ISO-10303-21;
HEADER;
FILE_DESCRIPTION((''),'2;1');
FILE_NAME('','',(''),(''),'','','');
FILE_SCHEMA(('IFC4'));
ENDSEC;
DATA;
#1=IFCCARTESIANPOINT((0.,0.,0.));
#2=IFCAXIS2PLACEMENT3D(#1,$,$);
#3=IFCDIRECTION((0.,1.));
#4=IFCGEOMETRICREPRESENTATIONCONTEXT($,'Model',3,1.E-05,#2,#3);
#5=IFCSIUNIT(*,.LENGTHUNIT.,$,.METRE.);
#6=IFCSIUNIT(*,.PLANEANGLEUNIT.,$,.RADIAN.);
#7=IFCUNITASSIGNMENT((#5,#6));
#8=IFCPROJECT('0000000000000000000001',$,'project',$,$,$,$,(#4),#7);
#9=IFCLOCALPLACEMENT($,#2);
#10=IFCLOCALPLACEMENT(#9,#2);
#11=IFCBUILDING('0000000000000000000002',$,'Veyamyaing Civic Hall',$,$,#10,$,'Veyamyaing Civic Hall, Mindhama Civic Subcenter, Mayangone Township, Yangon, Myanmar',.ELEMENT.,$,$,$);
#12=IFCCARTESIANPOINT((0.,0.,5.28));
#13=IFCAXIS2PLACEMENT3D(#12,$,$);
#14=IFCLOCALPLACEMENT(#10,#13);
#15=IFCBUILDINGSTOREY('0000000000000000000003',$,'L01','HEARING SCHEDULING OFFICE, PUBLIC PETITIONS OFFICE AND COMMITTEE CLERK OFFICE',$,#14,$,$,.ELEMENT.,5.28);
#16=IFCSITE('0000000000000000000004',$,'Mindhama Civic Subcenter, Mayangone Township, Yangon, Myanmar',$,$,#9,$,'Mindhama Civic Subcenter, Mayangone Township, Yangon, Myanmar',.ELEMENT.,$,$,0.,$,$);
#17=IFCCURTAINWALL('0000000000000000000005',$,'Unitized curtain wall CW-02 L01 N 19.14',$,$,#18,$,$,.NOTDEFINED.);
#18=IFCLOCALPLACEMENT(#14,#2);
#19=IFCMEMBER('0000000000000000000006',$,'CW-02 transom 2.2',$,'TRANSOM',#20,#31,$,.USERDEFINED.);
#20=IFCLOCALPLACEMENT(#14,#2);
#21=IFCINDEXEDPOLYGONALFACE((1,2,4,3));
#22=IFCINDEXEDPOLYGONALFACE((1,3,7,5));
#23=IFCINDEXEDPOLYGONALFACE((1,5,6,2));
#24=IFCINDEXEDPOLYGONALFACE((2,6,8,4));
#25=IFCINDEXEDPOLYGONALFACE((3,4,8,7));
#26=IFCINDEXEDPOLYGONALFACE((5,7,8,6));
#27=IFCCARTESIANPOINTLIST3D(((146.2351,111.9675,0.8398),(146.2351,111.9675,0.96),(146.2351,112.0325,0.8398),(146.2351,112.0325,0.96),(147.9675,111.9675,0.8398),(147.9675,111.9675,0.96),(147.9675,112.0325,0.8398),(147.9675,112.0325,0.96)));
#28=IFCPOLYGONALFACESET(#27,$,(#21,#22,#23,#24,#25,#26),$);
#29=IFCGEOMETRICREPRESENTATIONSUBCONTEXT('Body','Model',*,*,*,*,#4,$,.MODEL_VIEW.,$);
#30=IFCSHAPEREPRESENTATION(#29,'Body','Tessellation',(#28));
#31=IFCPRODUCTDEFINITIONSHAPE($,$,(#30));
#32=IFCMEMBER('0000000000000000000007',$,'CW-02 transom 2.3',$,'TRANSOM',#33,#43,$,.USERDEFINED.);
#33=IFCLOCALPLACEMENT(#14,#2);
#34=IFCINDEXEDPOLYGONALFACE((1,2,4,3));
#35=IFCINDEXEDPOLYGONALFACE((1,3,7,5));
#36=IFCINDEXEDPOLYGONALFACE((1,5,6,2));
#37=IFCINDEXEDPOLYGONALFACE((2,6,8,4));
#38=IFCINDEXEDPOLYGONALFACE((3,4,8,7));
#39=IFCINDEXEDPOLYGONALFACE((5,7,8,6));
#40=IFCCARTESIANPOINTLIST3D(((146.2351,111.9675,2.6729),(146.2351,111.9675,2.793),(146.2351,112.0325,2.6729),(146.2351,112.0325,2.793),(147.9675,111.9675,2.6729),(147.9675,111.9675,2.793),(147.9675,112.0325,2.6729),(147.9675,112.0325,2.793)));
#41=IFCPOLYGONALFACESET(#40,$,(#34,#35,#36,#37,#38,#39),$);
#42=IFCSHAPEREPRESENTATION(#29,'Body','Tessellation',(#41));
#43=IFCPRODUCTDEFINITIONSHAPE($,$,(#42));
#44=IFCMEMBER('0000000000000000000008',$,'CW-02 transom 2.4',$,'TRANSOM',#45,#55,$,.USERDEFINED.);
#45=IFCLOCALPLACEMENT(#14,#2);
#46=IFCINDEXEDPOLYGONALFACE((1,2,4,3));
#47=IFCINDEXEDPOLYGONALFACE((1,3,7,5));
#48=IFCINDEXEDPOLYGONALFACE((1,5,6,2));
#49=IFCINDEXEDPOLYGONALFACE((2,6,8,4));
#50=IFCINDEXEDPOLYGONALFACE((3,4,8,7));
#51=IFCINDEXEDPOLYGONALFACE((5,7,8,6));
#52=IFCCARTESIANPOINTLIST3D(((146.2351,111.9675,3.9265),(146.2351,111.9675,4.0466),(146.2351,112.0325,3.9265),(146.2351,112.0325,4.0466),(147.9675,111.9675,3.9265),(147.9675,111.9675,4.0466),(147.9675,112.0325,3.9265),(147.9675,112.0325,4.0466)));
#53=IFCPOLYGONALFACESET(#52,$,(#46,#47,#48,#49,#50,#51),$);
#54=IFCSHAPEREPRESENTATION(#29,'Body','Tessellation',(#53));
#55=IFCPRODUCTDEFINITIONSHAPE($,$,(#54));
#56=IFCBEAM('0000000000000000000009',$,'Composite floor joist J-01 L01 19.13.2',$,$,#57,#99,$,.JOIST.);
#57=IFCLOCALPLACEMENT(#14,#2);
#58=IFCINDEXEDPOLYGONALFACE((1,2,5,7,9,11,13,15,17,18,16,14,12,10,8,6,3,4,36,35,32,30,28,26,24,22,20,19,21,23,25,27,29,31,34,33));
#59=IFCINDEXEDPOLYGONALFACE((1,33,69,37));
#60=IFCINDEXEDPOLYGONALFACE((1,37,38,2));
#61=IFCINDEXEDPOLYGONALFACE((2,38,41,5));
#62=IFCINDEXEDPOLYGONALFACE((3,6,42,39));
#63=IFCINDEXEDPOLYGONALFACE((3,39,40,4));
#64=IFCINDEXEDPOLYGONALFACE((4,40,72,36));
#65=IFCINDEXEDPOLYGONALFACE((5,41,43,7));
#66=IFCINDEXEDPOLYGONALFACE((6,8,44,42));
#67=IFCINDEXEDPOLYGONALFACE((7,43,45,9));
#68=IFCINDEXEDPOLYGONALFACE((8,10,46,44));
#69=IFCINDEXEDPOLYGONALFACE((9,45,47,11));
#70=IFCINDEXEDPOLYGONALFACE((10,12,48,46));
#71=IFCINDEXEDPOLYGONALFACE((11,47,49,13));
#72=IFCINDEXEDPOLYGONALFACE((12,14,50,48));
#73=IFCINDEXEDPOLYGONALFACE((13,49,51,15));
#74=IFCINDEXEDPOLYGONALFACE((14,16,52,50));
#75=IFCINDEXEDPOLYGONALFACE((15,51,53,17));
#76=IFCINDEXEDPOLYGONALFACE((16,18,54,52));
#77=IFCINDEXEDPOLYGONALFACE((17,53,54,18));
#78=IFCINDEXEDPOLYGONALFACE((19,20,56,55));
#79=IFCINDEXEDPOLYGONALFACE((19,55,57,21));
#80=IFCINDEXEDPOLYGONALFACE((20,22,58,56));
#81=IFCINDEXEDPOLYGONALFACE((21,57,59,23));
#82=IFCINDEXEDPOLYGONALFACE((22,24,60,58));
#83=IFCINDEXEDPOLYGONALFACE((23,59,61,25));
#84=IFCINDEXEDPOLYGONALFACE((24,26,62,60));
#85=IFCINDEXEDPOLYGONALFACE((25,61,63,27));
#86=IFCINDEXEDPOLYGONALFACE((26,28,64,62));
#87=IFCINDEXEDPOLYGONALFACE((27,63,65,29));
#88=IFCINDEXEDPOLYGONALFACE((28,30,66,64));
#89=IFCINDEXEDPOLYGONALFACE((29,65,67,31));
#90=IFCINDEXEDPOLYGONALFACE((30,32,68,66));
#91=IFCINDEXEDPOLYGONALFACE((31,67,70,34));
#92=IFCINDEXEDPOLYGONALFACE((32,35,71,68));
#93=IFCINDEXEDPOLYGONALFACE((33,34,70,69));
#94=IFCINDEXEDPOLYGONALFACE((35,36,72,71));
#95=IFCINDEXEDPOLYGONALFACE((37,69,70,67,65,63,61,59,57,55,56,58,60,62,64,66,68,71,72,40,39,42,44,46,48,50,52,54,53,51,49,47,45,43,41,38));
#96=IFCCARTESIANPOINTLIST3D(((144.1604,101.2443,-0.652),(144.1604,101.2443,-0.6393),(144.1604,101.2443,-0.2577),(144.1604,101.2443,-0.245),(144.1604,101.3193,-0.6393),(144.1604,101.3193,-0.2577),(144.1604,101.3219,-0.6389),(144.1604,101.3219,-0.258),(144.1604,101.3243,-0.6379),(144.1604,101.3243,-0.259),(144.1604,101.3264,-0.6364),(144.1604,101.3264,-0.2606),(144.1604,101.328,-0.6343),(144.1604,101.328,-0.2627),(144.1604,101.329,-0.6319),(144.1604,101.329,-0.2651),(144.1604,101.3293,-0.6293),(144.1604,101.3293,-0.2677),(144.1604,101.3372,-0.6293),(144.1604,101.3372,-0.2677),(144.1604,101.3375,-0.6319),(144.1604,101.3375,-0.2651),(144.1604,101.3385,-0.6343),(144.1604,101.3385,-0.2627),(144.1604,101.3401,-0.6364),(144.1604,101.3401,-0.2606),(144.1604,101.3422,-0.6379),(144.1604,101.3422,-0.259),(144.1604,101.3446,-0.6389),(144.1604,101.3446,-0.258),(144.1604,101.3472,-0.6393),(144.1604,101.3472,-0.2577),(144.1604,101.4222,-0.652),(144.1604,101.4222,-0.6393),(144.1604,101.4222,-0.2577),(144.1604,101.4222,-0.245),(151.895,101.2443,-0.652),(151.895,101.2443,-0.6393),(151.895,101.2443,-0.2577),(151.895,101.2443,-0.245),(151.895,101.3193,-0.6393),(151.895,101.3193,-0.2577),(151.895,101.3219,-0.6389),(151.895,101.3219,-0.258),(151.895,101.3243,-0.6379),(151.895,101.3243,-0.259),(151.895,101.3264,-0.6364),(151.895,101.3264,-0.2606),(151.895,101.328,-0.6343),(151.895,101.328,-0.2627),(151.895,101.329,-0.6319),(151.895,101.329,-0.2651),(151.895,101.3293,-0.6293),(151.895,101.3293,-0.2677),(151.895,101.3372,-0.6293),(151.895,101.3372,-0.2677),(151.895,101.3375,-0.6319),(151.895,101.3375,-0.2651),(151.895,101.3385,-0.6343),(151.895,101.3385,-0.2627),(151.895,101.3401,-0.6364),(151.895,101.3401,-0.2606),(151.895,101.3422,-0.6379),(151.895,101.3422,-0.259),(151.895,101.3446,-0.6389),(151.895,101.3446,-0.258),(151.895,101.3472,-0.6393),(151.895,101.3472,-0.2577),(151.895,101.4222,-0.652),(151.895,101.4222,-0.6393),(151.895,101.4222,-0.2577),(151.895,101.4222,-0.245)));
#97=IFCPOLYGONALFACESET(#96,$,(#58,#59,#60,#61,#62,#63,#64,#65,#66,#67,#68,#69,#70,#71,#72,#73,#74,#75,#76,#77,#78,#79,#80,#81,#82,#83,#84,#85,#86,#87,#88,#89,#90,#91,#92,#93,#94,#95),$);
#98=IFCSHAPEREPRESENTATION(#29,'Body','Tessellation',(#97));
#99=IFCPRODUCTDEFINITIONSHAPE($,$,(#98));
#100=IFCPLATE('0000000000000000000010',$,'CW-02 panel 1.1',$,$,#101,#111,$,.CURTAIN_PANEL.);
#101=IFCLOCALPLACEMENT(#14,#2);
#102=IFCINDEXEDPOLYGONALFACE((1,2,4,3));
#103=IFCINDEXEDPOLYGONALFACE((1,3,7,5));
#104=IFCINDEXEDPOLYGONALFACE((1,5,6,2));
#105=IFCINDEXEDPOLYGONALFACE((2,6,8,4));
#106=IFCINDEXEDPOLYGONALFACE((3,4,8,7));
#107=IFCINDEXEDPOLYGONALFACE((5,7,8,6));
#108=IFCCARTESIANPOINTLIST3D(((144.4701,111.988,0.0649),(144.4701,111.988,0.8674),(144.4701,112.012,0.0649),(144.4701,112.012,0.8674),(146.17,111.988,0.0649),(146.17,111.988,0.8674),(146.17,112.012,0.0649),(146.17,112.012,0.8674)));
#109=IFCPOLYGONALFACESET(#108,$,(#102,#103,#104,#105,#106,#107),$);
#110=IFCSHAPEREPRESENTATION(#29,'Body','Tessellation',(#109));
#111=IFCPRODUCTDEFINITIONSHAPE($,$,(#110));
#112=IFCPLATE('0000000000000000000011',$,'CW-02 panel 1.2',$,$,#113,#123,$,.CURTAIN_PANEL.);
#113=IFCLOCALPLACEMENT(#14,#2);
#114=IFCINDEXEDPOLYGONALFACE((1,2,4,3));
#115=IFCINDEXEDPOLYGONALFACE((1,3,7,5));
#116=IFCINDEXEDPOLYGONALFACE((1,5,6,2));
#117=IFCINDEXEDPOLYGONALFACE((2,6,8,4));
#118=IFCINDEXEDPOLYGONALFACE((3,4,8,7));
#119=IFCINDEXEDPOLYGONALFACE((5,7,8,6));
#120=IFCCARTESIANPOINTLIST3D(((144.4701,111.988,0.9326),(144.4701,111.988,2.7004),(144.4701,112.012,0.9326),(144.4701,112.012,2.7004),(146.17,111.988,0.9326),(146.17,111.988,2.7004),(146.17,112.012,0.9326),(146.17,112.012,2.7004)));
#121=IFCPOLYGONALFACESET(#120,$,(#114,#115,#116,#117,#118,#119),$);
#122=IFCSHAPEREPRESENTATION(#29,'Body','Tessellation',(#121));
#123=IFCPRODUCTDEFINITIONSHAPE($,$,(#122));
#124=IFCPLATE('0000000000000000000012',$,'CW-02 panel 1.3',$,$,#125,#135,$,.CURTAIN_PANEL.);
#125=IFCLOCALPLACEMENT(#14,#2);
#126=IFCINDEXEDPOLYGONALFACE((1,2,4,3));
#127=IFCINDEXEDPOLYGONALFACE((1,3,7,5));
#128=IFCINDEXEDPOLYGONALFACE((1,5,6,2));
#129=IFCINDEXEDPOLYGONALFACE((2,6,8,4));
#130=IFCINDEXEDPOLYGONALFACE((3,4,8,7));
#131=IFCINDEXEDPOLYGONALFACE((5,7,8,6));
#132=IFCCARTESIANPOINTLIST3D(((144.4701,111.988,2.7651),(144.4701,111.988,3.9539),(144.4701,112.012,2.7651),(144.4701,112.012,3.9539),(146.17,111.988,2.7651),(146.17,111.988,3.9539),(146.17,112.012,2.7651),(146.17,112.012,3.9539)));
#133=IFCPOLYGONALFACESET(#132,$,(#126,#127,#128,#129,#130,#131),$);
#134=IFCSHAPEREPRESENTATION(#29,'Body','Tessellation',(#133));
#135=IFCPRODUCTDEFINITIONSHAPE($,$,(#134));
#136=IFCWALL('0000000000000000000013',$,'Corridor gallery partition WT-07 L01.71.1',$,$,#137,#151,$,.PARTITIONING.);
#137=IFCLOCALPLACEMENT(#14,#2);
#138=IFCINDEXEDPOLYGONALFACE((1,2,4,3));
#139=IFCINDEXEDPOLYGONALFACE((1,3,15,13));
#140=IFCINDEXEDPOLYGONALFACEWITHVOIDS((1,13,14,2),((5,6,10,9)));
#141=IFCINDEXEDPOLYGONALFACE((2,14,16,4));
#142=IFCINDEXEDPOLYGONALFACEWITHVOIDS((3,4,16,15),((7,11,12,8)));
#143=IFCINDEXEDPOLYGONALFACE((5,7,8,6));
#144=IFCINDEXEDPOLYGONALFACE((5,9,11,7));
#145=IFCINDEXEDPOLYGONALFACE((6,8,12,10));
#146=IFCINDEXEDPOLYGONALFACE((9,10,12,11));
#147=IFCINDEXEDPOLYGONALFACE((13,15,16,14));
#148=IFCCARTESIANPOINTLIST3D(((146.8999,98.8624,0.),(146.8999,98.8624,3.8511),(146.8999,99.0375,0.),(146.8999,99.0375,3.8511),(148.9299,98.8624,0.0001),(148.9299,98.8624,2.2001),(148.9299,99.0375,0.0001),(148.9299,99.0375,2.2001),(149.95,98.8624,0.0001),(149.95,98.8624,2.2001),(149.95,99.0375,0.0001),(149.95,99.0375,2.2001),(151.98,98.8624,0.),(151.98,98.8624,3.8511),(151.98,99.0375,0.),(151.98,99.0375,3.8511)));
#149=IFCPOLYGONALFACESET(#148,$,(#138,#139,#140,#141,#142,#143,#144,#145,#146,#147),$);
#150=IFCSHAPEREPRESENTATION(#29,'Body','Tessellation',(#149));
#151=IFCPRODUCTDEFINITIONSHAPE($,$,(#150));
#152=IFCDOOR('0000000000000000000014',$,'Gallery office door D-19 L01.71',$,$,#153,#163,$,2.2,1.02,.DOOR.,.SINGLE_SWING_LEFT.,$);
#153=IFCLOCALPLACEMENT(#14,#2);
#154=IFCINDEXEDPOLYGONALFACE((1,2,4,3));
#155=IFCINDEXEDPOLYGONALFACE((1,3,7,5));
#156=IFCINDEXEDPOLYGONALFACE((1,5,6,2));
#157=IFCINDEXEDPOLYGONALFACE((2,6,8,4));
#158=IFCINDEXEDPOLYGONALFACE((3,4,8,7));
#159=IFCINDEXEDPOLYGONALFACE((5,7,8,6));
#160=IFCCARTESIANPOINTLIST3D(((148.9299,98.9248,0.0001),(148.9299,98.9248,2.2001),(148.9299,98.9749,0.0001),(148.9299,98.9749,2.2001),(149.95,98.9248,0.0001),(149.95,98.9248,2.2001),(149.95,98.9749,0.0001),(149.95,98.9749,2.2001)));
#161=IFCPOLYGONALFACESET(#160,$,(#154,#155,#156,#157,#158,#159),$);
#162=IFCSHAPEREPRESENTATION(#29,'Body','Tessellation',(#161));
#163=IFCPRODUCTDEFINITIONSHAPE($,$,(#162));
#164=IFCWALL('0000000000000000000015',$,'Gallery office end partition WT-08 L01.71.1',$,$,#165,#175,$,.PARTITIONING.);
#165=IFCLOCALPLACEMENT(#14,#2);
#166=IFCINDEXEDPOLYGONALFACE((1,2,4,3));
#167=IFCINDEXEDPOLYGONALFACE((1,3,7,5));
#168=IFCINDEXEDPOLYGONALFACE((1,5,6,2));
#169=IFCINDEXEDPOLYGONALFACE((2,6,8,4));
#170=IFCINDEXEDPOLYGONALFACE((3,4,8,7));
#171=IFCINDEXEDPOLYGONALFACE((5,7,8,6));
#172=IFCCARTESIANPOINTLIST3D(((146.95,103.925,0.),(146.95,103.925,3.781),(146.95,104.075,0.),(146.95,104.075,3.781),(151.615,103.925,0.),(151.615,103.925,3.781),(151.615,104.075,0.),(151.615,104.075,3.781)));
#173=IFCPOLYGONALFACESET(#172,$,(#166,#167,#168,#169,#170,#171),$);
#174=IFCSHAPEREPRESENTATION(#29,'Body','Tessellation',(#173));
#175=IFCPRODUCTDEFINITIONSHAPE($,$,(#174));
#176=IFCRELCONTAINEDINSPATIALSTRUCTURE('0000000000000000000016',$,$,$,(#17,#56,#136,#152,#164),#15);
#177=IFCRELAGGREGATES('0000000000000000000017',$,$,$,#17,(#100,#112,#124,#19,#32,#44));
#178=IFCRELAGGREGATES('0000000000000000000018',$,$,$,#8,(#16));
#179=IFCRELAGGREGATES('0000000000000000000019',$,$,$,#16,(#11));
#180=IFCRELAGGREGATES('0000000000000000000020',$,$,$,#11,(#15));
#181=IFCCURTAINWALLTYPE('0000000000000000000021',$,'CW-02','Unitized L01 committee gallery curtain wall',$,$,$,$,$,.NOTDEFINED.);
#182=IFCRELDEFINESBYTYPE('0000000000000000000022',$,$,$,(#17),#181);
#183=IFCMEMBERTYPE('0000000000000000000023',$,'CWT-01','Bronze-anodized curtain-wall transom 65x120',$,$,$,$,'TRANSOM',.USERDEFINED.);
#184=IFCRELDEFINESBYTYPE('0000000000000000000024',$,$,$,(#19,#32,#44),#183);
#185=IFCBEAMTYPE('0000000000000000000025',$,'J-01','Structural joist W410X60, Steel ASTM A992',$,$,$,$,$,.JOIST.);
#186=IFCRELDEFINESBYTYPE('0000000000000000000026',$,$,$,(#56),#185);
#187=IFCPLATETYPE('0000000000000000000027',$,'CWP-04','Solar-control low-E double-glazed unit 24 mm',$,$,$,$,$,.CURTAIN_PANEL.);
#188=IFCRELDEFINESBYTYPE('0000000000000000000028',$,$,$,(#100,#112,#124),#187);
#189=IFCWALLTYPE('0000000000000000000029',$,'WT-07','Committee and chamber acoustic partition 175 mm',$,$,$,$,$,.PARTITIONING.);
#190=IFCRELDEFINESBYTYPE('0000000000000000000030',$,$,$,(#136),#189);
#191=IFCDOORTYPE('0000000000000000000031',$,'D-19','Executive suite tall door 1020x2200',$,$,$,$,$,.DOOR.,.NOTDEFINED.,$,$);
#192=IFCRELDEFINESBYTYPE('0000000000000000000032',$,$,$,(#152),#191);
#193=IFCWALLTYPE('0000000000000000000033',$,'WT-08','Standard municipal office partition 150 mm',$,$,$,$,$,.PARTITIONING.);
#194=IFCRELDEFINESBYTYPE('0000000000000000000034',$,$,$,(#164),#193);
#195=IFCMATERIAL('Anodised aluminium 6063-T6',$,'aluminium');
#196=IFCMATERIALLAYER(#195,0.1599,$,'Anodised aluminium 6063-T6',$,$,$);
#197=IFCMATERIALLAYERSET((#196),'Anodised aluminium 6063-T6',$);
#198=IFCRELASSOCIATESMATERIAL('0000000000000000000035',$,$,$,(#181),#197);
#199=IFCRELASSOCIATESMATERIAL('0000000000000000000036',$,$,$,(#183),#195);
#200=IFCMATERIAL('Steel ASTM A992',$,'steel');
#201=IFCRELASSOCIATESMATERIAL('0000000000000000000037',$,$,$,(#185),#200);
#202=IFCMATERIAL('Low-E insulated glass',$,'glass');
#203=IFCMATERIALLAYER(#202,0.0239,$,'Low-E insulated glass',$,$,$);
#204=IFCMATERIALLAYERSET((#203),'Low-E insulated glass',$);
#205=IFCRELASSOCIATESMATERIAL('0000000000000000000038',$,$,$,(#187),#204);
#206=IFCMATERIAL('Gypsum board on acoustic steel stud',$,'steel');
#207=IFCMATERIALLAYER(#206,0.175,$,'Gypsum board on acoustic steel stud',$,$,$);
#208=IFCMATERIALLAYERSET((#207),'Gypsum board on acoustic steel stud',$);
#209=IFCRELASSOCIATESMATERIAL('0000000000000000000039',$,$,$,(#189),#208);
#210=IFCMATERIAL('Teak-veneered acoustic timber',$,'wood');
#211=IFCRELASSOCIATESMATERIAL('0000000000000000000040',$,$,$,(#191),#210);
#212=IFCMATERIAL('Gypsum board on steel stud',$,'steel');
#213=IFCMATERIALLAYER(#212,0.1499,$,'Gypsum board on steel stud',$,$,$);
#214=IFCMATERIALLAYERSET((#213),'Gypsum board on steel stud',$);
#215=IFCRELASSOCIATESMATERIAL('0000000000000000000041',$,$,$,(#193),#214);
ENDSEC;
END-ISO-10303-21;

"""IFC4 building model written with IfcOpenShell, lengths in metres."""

from ifc_helpers import new_model, si_unit, direction, frame, frame_2d, origin, origin_2d, place, context, subcontext, project, spatial, rectangle, i_section, extrude, material, layer, layer_set, material_profile, profile_set, type_object, element, fill, aggregate, save


model = new_model("IFC4")

# Units and contexts
model_context = context("Model", 3, precision=1e-05, world=origin(), true_north=direction((0.0, 1.0)))
body_context = subcontext(model_context, "Body", "Model", "MODEL_VIEW")
ifc_project = project(units=[si_unit("LENGTHUNIT", "METRE"), si_unit("PLANEANGLEUNIT", "RADIAN")], contexts=[model_context])

# Site, building, storey
site_placement = place(None, origin())
site = spatial("IfcSite", under=ifc_project, at=site_placement, Name="Mindhama Civic Subcenter, Mayangone Township, Yangon, Myanmar", LongName="Mindhama Civic Subcenter, Mayangone Township, Yangon, Myanmar", CompositionType="ELEMENT", RefElevation=0.0)
building_placement = place(site_placement, origin())
building = spatial("IfcBuilding", under=site, at=building_placement, Name="Veyamyaing Civic Hall", LongName="Veyamyaing Civic Hall, Mindhama Civic Subcenter, Mayangone Township, Yangon, Myanmar", CompositionType="ELEMENT")
storey_placement = place(building_placement, frame((0.0, 0.0, 5.28)))
storey = spatial("IfcBuildingStorey", under=building, at=storey_placement, Name="L01", Description="HEARING SCHEDULING OFFICE, PUBLIC PETITIONS OFFICE AND COMMITTEE CLERK OFFICE", CompositionType="ELEMENT", Elevation=5.28)

# Shared definitions
ifc_material_1 = material(Name="Steel ASTM A992", Category="steel")

# Curtain wall, members
ifc_material_2 = material(Name="Anodised aluminium 6063-T6", Category="aluminium")
ifc_layer_1 = layer(ifc_material_2, 0.1599, Name="Anodised aluminium 6063-T6")
ifc_layer_set_1 = layer_set([ifc_layer_1], Name="Anodised aluminium 6063-T6")
curtain_wall_type = type_object("IfcCurtainWallType", Name="CW-02", Description="Unitized L01 committee gallery curtain wall", PredefinedType="NOTDEFINED", material=ifc_layer_set_1)
curtain_wall_placement = place(storey_placement, origin())
curtain_wall = element("IfcCurtainWall", 1, at=curtain_wall_placement, inside=storey, type_object=curtain_wall_type, Name="Unitized curtain wall CW-02 L01 N 19.14", PredefinedType="NOTDEFINED")
ifc_material_profile_1 = material_profile(ifc_material_2, rectangle(XDim=0.0649, YDim=0.1201, at=origin_2d()), Name="ALU-TRN-65X120")
ifc_profile_set_1 = profile_set([ifc_material_profile_1], Name="Anodised aluminium 6063-T6")
member_type_1 = type_object("IfcMemberType", Name="CWT-01", Description="Bronze-anodized curtain-wall transom 65x120", ElementType="TRANSOM", PredefinedType="USERDEFINED", material=ifc_profile_set_1)
member_1_placement = place(storey_placement, frame((146.2351, 112.0, 0.8999), z_axis=(1.0, 0.0, 0.0), x_axis=(0.0, 1.0, 0.0)))
member_1 = element("IfcMember", 2, at=member_1_placement, type_object=member_type_1, Name="CW-02 transom 2.2", ObjectType="TRANSOM", PredefinedType="USERDEFINED", context=body_context, shape_type="SweptSolid", body=[
    extrude(rectangle(XDim=0.0649, YDim=0.1201, at=origin_2d()), origin(), (0.0, 0.0, 1.0), 1.7324),
])
member_2_placement = place(storey_placement, frame((146.2351, 112.0, 2.7329), z_axis=(1.0, 0.0, 0.0), x_axis=(0.0, 1.0, 0.0)))
member_2 = element("IfcMember", 3, at=member_2_placement, type_object=member_type_1, Name="CW-02 transom 2.3", ObjectType="TRANSOM", PredefinedType="USERDEFINED", context=body_context, shape_type="SweptSolid", body=[
    extrude(rectangle(XDim=0.0649, YDim=0.1201, at=origin_2d()), origin(), (0.0, 0.0, 1.0), 1.7324),
])
member_3_placement = place(storey_placement, frame((146.2351, 112.0, 3.9866), z_axis=(1.0, 0.0, 0.0), x_axis=(0.0, 1.0, 0.0)))
member_3 = element("IfcMember", 4, at=member_3_placement, type_object=member_type_1, Name="CW-02 transom 2.4", ObjectType="TRANSOM", PredefinedType="USERDEFINED", context=body_context, shape_type="SweptSolid", body=[
    extrude(rectangle(XDim=0.0649, YDim=0.1201, at=origin_2d()), origin(), (0.0, 0.0, 1.0), 1.7324),
])

# Beam
ifc_material_profile_2 = material_profile(ifc_material_1, i_section(OverallWidth=0.178, OverallDepth=0.407, WebThickness=0.0078, FlangeThickness=0.0127, FilletRadius=0.01, at=origin_2d()), Name="W410X60")
ifc_profile_set_2 = profile_set([ifc_material_profile_2], Name="Steel ASTM A992")
beam_type_1 = type_object("IfcBeamType", Name="J-01", Description="Structural joist W410X60, Steel ASTM A992", PredefinedType="JOIST", material=ifc_profile_set_2)
beam_1_placement = place(storey_placement, frame((144.1604, 101.3333, -0.4485), z_axis=(1.0, 0.0, 0.0), x_axis=(0.0, 1.0, 0.0)))
element("IfcBeam", 5, at=beam_1_placement, inside=storey, type_object=beam_type_1, Name="Composite floor joist J-01 L01 19.13.2", PredefinedType="JOIST", context=body_context, shape_type="SweptSolid", body=[
    extrude(i_section(OverallWidth=0.178, OverallDepth=0.407, WebThickness=0.0078, FlangeThickness=0.0127, FilletRadius=0.01, at=origin_2d()), origin(), (0.0, 0.0, 1.0), 7.7346),
])

# Plates
ifc_material_3 = material(Name="Low-E insulated glass", Category="glass")
ifc_layer_2 = layer(ifc_material_3, 0.0239, Name="Low-E insulated glass")
ifc_layer_set_2 = layer_set([ifc_layer_2], Name="Low-E insulated glass")
plate_type = type_object("IfcPlateType", Name="CWP-04", Description="Solar-control low-E double-glazed unit 24 mm", PredefinedType="CURTAIN_PANEL", material=ifc_layer_set_2)
plate_1_placement = place(storey_placement, frame((145.3201, 112.0, 0.0649), z_axis=(0.0, 0.0, 1.0), x_axis=(1.0, 0.0, 0.0)))
plate_1 = element("IfcPlate", 6, at=plate_1_placement, type_object=plate_type, Name="CW-02 panel 1.1", PredefinedType="CURTAIN_PANEL", context=body_context, shape_type="SweptSolid", body=[
    extrude(rectangle(XDim=1.7, YDim=0.0239, at=origin_2d()), origin(), (0.0, 0.0, 1.0), 0.8025),
])
plate_2_placement = place(storey_placement, frame((145.3201, 112.0, 0.9326), z_axis=(0.0, 0.0, 1.0), x_axis=(1.0, 0.0, 0.0)))
plate_2 = element("IfcPlate", 7, at=plate_2_placement, type_object=plate_type, Name="CW-02 panel 1.2", PredefinedType="CURTAIN_PANEL", context=body_context, shape_type="SweptSolid", body=[
    extrude(rectangle(XDim=1.7, YDim=0.0239, at=origin_2d()), origin(), (0.0, 0.0, 1.0), 1.7678),
])
plate_3_placement = place(storey_placement, frame((145.3201, 112.0, 2.7651), z_axis=(0.0, 0.0, 1.0), x_axis=(1.0, 0.0, 0.0)))
plate_3 = element("IfcPlate", 8, at=plate_3_placement, type_object=plate_type, Name="CW-02 panel 1.3", PredefinedType="CURTAIN_PANEL", context=body_context, shape_type="SweptSolid", body=[
    extrude(rectangle(XDim=1.7, YDim=0.0239, at=origin_2d()), origin(), (0.0, 0.0, 1.0), 1.1887),
])
aggregate(curtain_wall, [plate_1, plate_2, plate_3, member_1, member_2, member_3])

# Wall, opening, door
ifc_material_4 = material(Name="Gypsum board on acoustic steel stud", Category="steel")
ifc_layer_3 = layer(ifc_material_4, 0.175, Name="Gypsum board on acoustic steel stud")
ifc_layer_set_3 = layer_set([ifc_layer_3], Name="Gypsum board on acoustic steel stud")
wall_type_1 = type_object("IfcWallType", Name="WT-07", Description="Committee and chamber acoustic partition 175 mm", PredefinedType="PARTITIONING", material=ifc_layer_set_3)
wall_1_placement = place(storey_placement, frame((146.8999, 98.95, 0.0), z_axis=(0.0, 0.0, 1.0), x_axis=(1.0, 0.0, 0.0)))
wall_1 = element("IfcWall", 9, at=wall_1_placement, inside=storey, type_object=wall_type_1, Name="Corridor gallery partition WT-07 L01.71.1", PredefinedType="PARTITIONING", context=body_context, shape_type="SweptSolid", body=[
    extrude(rectangle(XDim=5.0801, YDim=0.175, at=frame_2d((2.54, 0.0))), origin(), (0.0, 0.0, 1.0), 3.8511),
])
opening_1_placement = place(wall_1_placement, frame((2.03, 0.0, 0.0)))
opening_1 = element("IfcOpeningElement", 10, at=opening_1_placement, cuts=wall_1, PredefinedType="OPENING", context=body_context, shape_type="SweptSolid", body=[
    extrude(rectangle(XDim=1.02, YDim=2.2, at=frame_2d((0.51, 1.1001))), frame((0.0, 0.0974, 0.0), z_axis=(0.0, -1.0, 0.0), x_axis=(1.0, 0.0, 0.0)), (0.0, 0.0, 1.0), 0.1951),
])
ifc_material_5 = material(Name="Teak-veneered acoustic timber", Category="wood")
door_type_1 = type_object("IfcDoorType", Name="D-19", Description="Executive suite tall door 1020x2200", OperationType="NOTDEFINED", PredefinedType="DOOR", material=ifc_material_5)
door_1_placement = place(opening_1_placement, origin())
door_1 = element("IfcDoor", 11, at=door_1_placement, inside=storey, type_object=door_type_1, Name="Gallery office door D-19 L01.71", OperationType="SINGLE_SWING_LEFT", OverallHeight=2.2, OverallWidth=1.02, PredefinedType="DOOR", context=body_context, shape_type="SweptSolid", body=[
    extrude(rectangle(XDim=1.02, YDim=2.2, at=frame_2d((0.51, 1.1001))), frame((0.0, 0.0249, 0.0), z_axis=(0.0, -1.0, 0.0), x_axis=(1.0, 0.0, 0.0)), (0.0, 0.0, 1.0), 0.05),
])
fill(opening_1, door_1)

# Wall
ifc_material_6 = material(Name="Gypsum board on steel stud", Category="steel")
ifc_layer_4 = layer(ifc_material_6, 0.1499, Name="Gypsum board on steel stud")
ifc_layer_set_4 = layer_set([ifc_layer_4], Name="Gypsum board on steel stud")
wall_type_2 = type_object("IfcWallType", Name="WT-08", Description="Standard municipal office partition 150 mm", PredefinedType="PARTITIONING", material=ifc_layer_set_4)
wall_2_placement = place(storey_placement, frame((146.95, 104.0, 0.0), z_axis=(0.0, 0.0, 1.0), x_axis=(1.0, 0.0, 0.0)))
element("IfcWall", 12, at=wall_2_placement, inside=storey, type_object=wall_type_2, Name="Gallery office end partition WT-08 L01.71.1", PredefinedType="PARTITIONING", context=body_context, shape_type="SweptSolid", body=[
    extrude(rectangle(XDim=4.665, YDim=0.1499, at=frame_2d((2.3325, 0.0))), origin(), (0.0, 0.0, 1.0), 3.781),
])

save(model, "model.ifc")
